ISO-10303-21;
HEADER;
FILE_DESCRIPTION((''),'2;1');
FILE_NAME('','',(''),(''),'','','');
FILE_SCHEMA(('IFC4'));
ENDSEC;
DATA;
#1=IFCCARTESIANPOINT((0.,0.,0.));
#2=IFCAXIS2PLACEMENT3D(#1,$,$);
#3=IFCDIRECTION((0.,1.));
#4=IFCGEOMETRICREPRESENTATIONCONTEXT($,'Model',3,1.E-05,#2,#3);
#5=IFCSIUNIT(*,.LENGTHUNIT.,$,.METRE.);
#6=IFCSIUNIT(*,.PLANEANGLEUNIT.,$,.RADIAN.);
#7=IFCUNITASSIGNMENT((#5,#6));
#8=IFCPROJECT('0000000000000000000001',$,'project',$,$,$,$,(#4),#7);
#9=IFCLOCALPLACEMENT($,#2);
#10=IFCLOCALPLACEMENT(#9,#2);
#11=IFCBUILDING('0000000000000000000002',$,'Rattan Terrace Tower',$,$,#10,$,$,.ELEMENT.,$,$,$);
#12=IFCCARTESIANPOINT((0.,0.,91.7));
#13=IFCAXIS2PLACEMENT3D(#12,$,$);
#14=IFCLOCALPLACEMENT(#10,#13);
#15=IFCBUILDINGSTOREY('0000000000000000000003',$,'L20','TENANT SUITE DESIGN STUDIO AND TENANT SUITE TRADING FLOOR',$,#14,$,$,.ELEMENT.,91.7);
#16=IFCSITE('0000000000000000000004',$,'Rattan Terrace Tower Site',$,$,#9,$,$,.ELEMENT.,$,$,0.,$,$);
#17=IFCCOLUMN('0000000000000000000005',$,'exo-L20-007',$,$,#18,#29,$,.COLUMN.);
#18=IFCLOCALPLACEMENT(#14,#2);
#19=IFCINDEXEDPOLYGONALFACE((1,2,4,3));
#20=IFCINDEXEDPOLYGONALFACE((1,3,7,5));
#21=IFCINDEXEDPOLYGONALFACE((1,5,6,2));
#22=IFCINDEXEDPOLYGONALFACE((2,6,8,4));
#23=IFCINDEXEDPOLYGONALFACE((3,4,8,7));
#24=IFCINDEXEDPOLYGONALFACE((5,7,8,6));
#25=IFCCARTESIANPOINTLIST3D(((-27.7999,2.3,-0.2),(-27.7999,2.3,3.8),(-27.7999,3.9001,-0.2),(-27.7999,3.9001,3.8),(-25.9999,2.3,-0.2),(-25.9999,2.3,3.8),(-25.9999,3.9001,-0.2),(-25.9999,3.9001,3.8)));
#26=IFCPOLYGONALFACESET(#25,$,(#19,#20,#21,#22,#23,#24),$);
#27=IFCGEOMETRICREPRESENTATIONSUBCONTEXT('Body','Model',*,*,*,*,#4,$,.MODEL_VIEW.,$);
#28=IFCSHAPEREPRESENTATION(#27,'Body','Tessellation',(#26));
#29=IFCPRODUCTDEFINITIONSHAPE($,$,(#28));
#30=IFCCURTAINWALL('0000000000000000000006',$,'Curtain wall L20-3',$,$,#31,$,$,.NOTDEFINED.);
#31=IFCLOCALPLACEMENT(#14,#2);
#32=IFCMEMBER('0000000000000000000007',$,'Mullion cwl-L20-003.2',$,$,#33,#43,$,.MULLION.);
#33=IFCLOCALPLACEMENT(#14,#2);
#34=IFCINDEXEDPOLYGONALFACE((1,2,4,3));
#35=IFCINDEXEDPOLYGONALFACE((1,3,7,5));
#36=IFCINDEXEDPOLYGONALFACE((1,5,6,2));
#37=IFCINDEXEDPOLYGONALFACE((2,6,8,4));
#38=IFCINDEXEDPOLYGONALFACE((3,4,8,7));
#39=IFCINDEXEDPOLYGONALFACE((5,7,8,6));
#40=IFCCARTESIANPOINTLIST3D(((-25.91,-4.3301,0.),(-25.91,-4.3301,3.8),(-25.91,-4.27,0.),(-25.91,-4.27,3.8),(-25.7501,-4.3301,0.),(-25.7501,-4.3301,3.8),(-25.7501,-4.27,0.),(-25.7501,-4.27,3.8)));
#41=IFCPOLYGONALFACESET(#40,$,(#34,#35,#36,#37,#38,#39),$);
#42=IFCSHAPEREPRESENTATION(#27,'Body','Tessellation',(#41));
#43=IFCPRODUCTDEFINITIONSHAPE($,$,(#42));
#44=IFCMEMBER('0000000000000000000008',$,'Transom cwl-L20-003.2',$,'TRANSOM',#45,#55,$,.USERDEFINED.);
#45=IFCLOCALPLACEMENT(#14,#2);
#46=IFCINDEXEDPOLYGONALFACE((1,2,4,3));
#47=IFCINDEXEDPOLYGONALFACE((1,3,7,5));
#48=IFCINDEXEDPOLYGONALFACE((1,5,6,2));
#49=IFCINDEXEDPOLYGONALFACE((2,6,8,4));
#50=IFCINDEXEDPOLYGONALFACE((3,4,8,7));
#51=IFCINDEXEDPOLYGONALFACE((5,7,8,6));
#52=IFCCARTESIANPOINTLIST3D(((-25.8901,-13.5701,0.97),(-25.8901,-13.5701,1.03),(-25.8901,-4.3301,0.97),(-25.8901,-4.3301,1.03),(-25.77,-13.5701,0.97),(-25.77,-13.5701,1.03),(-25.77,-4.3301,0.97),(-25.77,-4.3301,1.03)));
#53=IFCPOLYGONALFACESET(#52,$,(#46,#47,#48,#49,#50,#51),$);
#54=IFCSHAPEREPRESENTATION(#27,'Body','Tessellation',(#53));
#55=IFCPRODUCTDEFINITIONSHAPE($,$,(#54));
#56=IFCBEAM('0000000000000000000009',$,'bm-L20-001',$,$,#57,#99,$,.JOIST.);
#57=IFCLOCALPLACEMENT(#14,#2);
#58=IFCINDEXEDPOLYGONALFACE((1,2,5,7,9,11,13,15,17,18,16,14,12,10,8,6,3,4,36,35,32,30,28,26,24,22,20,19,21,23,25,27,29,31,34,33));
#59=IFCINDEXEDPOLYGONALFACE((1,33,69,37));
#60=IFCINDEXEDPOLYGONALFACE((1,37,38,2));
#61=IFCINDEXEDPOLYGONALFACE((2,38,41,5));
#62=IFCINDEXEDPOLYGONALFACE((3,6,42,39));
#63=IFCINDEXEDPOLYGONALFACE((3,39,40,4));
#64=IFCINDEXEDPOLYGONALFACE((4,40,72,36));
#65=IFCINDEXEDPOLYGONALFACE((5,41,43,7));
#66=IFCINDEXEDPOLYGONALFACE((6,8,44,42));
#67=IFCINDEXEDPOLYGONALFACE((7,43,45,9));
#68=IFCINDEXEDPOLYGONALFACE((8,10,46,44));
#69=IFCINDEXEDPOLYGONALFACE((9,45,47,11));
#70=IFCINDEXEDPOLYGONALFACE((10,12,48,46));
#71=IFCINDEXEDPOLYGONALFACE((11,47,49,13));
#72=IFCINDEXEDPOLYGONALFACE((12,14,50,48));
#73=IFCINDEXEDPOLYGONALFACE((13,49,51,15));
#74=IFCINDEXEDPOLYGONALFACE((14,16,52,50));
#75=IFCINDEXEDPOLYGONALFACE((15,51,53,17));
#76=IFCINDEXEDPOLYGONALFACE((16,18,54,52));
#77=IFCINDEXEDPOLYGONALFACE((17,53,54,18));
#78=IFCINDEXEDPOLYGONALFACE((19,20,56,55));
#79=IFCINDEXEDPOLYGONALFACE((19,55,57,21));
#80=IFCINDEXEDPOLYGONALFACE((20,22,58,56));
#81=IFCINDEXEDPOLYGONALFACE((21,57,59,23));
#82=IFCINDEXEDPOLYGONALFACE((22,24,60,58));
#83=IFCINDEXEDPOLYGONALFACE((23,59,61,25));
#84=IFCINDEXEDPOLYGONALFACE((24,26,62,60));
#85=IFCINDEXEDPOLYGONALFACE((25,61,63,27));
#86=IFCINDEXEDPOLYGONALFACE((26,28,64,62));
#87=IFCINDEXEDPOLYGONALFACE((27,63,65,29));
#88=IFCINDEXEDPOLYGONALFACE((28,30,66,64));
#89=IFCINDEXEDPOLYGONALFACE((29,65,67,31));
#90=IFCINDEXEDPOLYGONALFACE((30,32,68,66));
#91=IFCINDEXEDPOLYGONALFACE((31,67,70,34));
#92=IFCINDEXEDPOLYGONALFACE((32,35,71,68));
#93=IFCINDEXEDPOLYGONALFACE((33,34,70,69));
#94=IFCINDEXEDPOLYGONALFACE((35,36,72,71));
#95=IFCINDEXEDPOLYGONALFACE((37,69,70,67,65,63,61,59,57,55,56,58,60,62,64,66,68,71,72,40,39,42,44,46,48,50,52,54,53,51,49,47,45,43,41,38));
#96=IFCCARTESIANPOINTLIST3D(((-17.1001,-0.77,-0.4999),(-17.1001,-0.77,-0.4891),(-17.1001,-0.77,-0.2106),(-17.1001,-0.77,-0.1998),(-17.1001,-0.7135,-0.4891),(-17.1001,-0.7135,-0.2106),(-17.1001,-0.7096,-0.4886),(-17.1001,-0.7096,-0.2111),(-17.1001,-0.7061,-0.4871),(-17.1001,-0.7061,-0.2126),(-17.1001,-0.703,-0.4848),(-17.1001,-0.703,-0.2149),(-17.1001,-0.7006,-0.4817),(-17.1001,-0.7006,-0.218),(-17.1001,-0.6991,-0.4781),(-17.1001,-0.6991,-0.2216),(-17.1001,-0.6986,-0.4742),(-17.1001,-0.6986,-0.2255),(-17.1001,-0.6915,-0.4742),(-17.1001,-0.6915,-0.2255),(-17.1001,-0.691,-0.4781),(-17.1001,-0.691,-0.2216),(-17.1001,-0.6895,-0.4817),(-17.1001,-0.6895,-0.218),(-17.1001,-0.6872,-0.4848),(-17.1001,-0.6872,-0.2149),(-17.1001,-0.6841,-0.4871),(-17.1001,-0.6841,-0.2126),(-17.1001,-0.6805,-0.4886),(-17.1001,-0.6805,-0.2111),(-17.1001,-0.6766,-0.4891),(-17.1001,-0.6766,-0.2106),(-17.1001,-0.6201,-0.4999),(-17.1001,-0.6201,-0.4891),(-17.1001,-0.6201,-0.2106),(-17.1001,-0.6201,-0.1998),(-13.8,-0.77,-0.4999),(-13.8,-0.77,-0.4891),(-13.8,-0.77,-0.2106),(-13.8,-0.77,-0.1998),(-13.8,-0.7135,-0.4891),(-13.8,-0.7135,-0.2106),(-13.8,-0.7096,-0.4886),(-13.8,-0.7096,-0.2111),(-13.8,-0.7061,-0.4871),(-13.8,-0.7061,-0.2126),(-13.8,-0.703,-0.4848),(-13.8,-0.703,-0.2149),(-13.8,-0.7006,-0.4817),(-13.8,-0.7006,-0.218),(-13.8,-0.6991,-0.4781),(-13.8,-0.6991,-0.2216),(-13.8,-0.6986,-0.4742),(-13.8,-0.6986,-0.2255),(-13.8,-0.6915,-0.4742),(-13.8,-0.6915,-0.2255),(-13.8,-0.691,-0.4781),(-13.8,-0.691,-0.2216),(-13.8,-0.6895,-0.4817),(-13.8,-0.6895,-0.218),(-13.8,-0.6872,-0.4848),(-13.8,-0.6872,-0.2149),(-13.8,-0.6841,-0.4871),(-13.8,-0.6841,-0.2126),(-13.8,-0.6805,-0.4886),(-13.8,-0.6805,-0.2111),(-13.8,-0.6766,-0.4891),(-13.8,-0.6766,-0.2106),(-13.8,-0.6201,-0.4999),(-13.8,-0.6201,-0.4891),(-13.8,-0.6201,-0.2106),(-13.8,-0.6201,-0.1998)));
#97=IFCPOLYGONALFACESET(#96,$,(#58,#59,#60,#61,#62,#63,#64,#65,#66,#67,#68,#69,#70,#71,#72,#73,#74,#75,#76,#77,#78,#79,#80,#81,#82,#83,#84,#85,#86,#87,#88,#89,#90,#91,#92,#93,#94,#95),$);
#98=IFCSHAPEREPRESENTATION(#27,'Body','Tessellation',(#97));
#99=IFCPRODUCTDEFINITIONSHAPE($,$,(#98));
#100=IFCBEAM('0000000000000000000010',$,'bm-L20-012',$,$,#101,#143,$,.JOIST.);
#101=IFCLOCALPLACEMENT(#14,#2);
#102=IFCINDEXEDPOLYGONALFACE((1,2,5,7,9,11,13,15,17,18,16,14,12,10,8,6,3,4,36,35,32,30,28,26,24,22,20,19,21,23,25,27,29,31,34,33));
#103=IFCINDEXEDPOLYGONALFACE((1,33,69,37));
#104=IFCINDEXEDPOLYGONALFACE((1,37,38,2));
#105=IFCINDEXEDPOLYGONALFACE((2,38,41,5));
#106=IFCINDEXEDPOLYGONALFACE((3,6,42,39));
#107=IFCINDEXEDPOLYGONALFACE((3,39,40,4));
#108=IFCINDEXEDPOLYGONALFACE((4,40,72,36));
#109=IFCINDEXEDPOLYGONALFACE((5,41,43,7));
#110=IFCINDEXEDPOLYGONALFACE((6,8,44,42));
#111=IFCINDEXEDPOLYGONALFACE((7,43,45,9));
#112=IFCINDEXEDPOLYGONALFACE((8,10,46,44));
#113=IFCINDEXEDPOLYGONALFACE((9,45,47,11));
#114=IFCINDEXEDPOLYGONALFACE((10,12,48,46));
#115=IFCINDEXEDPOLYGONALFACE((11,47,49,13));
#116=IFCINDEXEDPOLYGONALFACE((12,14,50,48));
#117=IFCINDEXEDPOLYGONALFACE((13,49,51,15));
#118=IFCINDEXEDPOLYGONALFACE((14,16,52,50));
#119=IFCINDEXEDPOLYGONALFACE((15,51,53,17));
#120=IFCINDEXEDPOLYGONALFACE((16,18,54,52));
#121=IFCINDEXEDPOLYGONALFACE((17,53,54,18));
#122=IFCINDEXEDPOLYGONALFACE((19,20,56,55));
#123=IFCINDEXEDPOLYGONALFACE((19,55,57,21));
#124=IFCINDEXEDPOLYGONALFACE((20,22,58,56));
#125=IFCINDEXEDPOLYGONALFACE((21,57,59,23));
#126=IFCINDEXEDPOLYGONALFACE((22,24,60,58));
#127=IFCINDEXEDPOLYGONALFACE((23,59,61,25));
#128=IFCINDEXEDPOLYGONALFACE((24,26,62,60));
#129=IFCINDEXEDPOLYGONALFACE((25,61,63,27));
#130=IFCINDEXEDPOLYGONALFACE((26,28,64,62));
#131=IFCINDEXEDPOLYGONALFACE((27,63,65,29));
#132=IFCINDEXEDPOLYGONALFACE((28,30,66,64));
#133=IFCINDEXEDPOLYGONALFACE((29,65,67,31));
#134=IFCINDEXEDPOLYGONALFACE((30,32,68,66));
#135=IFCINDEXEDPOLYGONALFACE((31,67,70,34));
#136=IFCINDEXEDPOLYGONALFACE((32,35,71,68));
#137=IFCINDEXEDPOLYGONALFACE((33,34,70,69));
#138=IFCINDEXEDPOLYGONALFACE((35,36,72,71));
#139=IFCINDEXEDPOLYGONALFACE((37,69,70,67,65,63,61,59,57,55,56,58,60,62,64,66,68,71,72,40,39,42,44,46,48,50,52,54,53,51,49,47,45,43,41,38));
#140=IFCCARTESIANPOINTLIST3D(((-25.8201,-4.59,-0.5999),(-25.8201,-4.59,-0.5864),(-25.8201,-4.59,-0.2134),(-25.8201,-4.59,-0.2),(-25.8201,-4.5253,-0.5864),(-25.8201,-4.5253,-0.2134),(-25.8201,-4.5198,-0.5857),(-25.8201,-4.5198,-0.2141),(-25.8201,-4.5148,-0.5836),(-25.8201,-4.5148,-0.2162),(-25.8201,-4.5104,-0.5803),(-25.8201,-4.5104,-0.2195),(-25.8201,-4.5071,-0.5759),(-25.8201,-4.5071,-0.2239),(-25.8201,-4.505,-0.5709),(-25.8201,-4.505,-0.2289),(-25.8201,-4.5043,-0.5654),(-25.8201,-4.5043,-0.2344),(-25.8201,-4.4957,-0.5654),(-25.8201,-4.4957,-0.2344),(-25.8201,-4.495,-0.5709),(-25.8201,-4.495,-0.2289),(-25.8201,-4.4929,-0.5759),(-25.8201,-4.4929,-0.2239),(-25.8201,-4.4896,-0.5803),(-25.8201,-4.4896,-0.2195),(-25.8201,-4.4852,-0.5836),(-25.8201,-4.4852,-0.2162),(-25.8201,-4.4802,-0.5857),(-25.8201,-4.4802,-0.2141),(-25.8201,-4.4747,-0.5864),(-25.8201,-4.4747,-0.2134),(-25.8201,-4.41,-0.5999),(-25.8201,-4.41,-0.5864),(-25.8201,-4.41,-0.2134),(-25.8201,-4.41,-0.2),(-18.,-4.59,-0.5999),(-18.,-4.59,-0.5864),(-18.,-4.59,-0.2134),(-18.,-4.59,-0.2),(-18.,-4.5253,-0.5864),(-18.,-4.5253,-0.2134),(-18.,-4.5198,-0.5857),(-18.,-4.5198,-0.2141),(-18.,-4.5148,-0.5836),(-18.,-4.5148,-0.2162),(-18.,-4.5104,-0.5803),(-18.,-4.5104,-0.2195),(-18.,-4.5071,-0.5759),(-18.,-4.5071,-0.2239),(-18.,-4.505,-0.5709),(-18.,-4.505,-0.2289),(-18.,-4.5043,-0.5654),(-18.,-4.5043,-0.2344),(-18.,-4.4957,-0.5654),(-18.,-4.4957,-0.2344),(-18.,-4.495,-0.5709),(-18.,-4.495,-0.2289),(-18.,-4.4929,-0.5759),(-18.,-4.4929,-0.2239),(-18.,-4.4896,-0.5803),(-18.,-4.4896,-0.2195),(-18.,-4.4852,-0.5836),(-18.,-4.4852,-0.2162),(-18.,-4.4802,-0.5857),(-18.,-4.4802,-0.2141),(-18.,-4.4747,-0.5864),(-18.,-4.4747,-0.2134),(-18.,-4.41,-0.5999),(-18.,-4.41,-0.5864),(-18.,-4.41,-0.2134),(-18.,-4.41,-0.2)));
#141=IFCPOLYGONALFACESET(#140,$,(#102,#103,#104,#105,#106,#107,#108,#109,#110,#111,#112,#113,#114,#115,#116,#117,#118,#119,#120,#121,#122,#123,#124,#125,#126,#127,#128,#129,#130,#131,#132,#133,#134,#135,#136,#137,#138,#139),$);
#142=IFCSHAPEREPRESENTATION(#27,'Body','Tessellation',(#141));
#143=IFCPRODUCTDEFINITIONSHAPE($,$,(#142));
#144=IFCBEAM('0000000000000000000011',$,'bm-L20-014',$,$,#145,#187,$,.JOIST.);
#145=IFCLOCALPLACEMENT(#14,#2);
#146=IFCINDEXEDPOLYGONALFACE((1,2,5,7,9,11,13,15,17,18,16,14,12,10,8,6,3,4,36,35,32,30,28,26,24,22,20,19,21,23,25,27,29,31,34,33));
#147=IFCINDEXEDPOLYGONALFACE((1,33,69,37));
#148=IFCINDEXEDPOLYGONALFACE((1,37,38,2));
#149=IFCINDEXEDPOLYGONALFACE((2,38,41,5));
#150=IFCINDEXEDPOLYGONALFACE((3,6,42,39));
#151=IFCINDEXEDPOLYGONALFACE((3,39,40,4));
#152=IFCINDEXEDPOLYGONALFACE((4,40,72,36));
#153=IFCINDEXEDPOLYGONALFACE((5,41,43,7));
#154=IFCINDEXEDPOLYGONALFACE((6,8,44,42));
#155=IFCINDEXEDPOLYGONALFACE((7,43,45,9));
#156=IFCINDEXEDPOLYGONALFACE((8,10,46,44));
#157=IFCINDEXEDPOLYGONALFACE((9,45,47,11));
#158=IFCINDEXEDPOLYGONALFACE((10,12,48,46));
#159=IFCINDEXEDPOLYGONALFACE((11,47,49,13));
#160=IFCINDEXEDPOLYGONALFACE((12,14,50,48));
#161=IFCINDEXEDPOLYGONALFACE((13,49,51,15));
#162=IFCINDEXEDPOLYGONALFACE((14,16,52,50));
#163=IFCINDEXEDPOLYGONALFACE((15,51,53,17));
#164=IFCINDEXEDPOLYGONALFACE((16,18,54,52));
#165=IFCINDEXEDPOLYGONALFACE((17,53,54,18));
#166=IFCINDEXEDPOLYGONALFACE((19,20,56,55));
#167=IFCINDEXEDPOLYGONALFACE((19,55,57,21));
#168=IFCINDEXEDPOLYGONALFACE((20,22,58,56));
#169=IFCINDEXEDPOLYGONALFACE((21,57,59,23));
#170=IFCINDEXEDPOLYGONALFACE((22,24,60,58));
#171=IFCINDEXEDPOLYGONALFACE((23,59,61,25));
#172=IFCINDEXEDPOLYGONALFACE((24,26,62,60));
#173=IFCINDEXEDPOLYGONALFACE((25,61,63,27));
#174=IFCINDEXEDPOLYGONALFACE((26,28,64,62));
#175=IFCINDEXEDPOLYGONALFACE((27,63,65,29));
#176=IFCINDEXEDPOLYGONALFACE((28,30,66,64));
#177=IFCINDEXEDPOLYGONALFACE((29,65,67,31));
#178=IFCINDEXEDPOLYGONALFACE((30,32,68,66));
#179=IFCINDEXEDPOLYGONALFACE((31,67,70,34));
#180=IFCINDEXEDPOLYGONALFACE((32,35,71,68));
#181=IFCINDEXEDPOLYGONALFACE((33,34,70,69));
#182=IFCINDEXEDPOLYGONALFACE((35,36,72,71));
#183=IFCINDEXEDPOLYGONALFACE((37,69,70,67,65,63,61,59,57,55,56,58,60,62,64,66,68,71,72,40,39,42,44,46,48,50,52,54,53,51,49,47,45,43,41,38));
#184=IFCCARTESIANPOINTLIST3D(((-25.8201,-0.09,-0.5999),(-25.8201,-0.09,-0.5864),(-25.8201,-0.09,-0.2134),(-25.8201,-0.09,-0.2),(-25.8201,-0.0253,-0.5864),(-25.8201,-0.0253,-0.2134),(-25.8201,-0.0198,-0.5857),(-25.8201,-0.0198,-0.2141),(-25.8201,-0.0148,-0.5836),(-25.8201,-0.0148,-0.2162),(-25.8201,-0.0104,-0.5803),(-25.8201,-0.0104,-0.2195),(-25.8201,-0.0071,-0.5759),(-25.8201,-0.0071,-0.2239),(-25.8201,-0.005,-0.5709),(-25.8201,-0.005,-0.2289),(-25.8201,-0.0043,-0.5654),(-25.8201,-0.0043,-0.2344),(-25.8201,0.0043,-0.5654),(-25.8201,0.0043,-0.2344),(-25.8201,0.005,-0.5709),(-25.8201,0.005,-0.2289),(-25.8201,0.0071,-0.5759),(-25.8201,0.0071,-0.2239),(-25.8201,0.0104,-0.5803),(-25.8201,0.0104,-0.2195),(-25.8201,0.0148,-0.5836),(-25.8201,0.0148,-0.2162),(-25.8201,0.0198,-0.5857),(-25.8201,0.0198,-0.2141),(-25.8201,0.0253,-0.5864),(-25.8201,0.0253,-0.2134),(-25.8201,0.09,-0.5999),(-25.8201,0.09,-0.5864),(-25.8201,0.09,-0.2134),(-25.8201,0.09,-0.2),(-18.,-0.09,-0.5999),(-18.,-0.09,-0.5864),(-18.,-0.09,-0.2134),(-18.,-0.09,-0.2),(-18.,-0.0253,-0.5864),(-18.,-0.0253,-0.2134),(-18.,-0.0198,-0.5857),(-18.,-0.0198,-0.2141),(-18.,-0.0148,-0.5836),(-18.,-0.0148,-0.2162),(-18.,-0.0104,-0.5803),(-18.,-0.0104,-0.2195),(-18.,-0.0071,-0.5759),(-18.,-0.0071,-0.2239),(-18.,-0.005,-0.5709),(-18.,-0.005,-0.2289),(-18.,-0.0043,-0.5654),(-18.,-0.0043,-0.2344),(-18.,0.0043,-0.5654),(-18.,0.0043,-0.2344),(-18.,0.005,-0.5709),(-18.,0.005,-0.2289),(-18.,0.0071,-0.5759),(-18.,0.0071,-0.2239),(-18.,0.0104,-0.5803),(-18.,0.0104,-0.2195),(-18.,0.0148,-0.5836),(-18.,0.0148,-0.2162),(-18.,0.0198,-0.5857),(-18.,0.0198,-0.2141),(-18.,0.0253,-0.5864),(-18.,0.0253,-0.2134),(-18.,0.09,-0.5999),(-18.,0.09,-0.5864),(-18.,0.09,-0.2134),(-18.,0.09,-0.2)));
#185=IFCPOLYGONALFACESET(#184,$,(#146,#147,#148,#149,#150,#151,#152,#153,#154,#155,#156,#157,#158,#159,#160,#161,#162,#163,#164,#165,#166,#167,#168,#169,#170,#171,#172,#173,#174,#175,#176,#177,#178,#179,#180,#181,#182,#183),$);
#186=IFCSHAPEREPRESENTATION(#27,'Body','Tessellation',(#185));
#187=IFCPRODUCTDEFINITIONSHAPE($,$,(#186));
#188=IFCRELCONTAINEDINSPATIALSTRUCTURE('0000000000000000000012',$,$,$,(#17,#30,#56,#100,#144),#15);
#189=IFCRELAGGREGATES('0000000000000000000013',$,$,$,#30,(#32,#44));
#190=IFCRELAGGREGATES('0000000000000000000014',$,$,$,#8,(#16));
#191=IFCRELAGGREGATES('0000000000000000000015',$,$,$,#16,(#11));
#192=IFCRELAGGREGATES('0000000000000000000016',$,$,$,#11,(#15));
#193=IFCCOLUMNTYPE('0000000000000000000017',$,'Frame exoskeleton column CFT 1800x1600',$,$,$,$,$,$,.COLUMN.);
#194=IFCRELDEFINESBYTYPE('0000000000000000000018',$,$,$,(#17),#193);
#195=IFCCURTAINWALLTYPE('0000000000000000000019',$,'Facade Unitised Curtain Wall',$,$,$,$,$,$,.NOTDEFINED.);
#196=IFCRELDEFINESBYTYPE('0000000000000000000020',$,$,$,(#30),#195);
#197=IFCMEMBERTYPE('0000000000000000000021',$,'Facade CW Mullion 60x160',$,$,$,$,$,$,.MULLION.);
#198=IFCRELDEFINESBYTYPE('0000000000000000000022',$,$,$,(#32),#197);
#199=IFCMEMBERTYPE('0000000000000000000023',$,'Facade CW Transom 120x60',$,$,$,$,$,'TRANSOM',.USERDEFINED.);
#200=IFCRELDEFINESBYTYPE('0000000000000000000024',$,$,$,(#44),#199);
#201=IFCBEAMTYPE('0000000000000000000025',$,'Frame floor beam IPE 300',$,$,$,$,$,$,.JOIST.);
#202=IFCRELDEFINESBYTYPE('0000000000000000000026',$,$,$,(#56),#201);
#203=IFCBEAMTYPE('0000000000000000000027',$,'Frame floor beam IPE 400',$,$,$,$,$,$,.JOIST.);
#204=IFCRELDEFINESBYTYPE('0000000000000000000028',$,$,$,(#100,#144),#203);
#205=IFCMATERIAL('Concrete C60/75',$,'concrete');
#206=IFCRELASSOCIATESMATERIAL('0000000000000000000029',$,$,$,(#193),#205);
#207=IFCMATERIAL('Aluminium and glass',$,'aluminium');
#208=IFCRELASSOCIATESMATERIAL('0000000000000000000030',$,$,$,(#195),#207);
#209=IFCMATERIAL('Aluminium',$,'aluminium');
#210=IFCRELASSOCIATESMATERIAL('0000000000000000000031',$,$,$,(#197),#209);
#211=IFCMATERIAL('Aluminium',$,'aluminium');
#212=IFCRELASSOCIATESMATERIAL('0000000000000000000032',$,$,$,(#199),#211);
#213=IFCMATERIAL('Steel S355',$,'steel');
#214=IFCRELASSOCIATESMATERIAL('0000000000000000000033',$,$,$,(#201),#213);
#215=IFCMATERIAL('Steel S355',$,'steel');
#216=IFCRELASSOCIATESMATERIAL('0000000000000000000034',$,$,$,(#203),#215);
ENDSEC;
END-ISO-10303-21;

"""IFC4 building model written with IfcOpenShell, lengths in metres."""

from ifc_helpers import new_model, si_unit, direction, frame, origin, origin_2d, place, context, subcontext, project, spatial, rectangle, i_section, extrude, material, material_profile, profile_set, type_object, element, aggregate, save


model = new_model("IFC4")

# Units and contexts
model_context = context("Model", 3, precision=1e-05, world=origin(), true_north=direction((0.0, 1.0)))
body_context = subcontext(model_context, "Body", "Model", "MODEL_VIEW")
ifc_project = project(units=[si_unit("LENGTHUNIT", "METRE"), si_unit("PLANEANGLEUNIT", "RADIAN")], contexts=[model_context])

# Site, building, storey
site_placement = place(None, origin())
site = spatial("IfcSite", under=ifc_project, at=site_placement, Name="Rattan Terrace Tower Site", CompositionType="ELEMENT", RefElevation=0.0)
building_placement = place(site_placement, origin())
building = spatial("IfcBuilding", under=site, at=building_placement, Name="Rattan Terrace Tower", CompositionType="ELEMENT")
storey_placement = place(building_placement, frame((0.0, 0.0, 91.7)))
storey = spatial("IfcBuildingStorey", under=building, at=storey_placement, Name="L20", Description="TENANT SUITE DESIGN STUDIO AND TENANT SUITE TRADING FLOOR", CompositionType="ELEMENT", Elevation=91.7)

# Column
ifc_material_1 = material(Name="Concrete C60/75", Category="concrete")
ifc_material_profile_1 = material_profile(ifc_material_1, rectangle(XDim=1.6001, YDim=1.8, at=origin_2d()), Name="CFT 1800x1600")
ifc_profile_set_1 = profile_set([ifc_material_profile_1], Name="Concrete C60/75")
column_type = type_object("IfcColumnType", Name="Frame exoskeleton column CFT 1800x1600", PredefinedType="COLUMN", material=ifc_profile_set_1)
column_placement = place(storey_placement, frame((-26.8999, 3.1001, -0.2), z_axis=(0.0, 0.0, 1.0), x_axis=(0.0, 1.0, 0.0)))
element("IfcColumn", 1, at=column_placement, inside=storey, type_object=column_type, Name="exo-L20-007", PredefinedType="COLUMN", context=body_context, shape_type="SweptSolid", body=[
    extrude(rectangle(XDim=1.6001, YDim=1.8, at=origin_2d()), origin(), (0.0, 0.0, 1.0), 4.0),
])

# Curtain wall, members
ifc_material_2 = material(Name="Aluminium and glass", Category="aluminium")
curtain_wall_type = type_object("IfcCurtainWallType", Name="Facade Unitised Curtain Wall", PredefinedType="NOTDEFINED", material=ifc_material_2)
curtain_wall_placement = place(storey_placement, origin())
curtain_wall = element("IfcCurtainWall", 2, at=curtain_wall_placement, inside=storey, type_object=curtain_wall_type, Name="Curtain wall L20-3", PredefinedType="NOTDEFINED")
ifc_material_3 = material(Name="Aluminium", Category="aluminium")
ifc_material_profile_2 = material_profile(ifc_material_3, rectangle(XDim=0.0601, YDim=0.1599, at=origin_2d()), Name="Aluminium 60x160")
ifc_profile_set_2 = profile_set([ifc_material_profile_2], Name="Aluminium")
member_type_1 = type_object("IfcMemberType", Name="Facade CW Mullion 60x160", PredefinedType="MULLION", material=ifc_profile_set_2)
member_1_placement = place(storey_placement, frame((-25.8301, -4.3, 0.0), z_axis=(0.0, 0.0, 1.0), x_axis=(0.0, -1.0, 0.0)))
member_1 = element("IfcMember", 3, at=member_1_placement, type_object=member_type_1, Name="Mullion cwl-L20-003.2", PredefinedType="MULLION", context=body_context, shape_type="SweptSolid", body=[
    extrude(rectangle(XDim=0.0601, YDim=0.1599, at=origin_2d()), origin(), (0.0, 0.0, 1.0), 3.8),
])
ifc_material_4 = material(Name="Aluminium", Category="aluminium")
ifc_material_profile_3 = material_profile(ifc_material_4, rectangle(XDim=0.1201, YDim=0.0601, at=origin_2d()), Name="Aluminium 120x60")
ifc_profile_set_3 = profile_set([ifc_material_profile_3], Name="Aluminium")
member_type_2 = type_object("IfcMemberType", Name="Facade CW Transom 120x60", ElementType="TRANSOM", PredefinedType="USERDEFINED", material=ifc_profile_set_3)
member_2_placement = place(storey_placement, frame((-25.8301, -4.3301, 1.0), z_axis=(0.0, -1.0, 0.0), x_axis=(1.0, 0.0, 0.0)))
member_2 = element("IfcMember", 4, at=member_2_placement, type_object=member_type_2, Name="Transom cwl-L20-003.2", ObjectType="TRANSOM", PredefinedType="USERDEFINED", context=body_context, shape_type="SweptSolid", body=[
    extrude(rectangle(XDim=0.1201, YDim=0.0601, at=origin_2d()), origin(), (0.0, 0.0, 1.0), 9.24),
])

# Beams
ifc_material_5 = material(Name="Steel S355", Category="steel")
ifc_material_profile_4 = material_profile(ifc_material_5, i_section(OverallWidth=0.1499, OverallDepth=0.3, WebThickness=0.0071, FlangeThickness=0.0107, FilletRadius=0.0149, at=origin_2d()), Name="IPE 300")
ifc_profile_set_4 = profile_set([ifc_material_profile_4], Name="Steel S355")
beam_type_1 = type_object("IfcBeamType", Name="Frame floor beam IPE 300", PredefinedType="JOIST", material=ifc_profile_set_4)
beam_placement = place(storey_placement, frame((-17.1001, -0.6951, -0.3499), z_axis=(1.0, 0.0, 0.0), x_axis=(0.0, 1.0, 0.0)))
element("IfcBeam", 5, at=beam_placement, inside=storey, type_object=beam_type_1, Name="bm-L20-001", PredefinedType="JOIST", context=body_context, shape_type="SweptSolid", body=[
    extrude(i_section(OverallWidth=0.1499, OverallDepth=0.3, WebThickness=0.0071, FlangeThickness=0.0107, FilletRadius=0.0149, at=origin_2d()), origin(), (0.0, 0.0, 1.0), 3.3),
])
ifc_material_6 = material(Name="Steel S355", Category="steel")
ifc_material_profile_5 = material_profile(ifc_material_6, i_section(OverallWidth=0.1799, OverallDepth=0.3999, WebThickness=0.0085, FlangeThickness=0.0134, FilletRadius=0.021, at=origin_2d()), Name="IPE 400")
ifc_profile_set_5 = profile_set([ifc_material_profile_5], Name="Steel S355")
beam_type_2 = type_object("IfcBeamType", Name="Frame floor beam IPE 400", PredefinedType="JOIST", material=ifc_profile_set_5)
for number, where, z_axis, x_axis, name in (
    (6, (-25.8201, -4.5, -0.3999), (1.0, 0.0, 0.0), (0.0, 1.0, 0.0), "bm-L20-012"),
    (7, (-25.8201, 0.0, -0.3999), (1.0, 0.0, 0.0), (0.0, 1.0, 0.0), "bm-L20-014"),
):
    element("IfcBeam", number, at=place(storey_placement, frame(where, z_axis=z_axis, x_axis=x_axis)), inside=storey, type_object=beam_type_2, Name=name, PredefinedType="JOIST", context=body_context, shape_type="SweptSolid", body=[
        extrude(i_section(OverallWidth=0.1799, OverallDepth=0.3999, WebThickness=0.0085, FlangeThickness=0.0134, FilletRadius=0.021, at=origin_2d()), origin(), (0.0, 0.0, 1.0), 7.8201),
    ])

aggregate(curtain_wall, [member_1, member_2])

save(model, "model.ifc")
